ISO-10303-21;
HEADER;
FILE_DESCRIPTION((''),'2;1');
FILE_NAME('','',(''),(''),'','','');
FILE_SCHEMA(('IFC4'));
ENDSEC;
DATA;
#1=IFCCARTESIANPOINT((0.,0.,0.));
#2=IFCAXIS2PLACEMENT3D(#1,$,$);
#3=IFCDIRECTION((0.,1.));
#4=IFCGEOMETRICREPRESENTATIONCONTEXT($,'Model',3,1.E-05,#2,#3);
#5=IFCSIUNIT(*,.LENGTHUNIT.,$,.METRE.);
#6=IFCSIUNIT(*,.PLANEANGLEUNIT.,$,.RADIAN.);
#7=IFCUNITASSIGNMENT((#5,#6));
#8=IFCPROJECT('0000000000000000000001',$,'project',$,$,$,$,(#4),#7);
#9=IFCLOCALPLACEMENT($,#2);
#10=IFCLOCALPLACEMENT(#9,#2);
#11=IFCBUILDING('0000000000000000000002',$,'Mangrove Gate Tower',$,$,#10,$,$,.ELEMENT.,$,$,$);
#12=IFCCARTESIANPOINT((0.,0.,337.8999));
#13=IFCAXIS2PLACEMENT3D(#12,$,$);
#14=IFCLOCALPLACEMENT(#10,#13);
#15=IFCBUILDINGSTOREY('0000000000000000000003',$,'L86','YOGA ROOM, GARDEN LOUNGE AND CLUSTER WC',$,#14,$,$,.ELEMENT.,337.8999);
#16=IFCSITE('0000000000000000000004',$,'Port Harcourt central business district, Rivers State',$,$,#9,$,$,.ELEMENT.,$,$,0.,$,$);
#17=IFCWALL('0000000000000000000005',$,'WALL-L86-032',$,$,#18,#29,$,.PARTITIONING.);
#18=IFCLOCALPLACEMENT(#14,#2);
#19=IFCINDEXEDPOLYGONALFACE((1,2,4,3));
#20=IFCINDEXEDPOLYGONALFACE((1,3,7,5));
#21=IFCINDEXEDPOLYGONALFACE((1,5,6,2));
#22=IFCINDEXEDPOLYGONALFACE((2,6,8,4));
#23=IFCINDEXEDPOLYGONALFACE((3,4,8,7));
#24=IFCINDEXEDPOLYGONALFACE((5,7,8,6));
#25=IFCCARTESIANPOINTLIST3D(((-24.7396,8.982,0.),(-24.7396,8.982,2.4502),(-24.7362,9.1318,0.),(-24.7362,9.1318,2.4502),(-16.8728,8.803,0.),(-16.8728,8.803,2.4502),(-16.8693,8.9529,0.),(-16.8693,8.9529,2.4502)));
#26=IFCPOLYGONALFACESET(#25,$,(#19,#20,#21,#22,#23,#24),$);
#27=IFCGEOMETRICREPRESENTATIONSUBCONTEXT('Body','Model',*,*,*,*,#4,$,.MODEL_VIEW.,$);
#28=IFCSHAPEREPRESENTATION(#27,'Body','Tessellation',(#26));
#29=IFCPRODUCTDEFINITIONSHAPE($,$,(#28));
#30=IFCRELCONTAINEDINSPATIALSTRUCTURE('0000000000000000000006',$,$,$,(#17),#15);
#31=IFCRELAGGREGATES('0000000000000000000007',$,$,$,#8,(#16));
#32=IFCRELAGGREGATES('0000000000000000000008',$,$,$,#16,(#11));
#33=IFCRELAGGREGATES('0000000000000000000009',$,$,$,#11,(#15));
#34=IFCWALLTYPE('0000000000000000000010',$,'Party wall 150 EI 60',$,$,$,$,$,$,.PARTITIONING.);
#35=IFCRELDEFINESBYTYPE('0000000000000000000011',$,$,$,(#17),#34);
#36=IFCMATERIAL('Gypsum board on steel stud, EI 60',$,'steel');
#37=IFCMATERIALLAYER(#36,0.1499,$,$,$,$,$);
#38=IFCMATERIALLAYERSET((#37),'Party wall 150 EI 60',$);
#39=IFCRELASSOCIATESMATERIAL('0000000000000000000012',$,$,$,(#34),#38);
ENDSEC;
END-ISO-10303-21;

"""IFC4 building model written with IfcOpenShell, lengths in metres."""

from ifc_helpers import new_model, si_unit, direction, frame, frame_2d, origin, place, context, subcontext, project, spatial, rectangle, extrude, material, layer, layer_set, type_object, element, save


model = new_model("IFC4")

# Units and contexts
model_context = context("Model", 3, precision=1e-05, world=origin(), true_north=direction((0.0, 1.0)))
body_context = subcontext(model_context, "Body", "Model", "MODEL_VIEW")
ifc_project = project(units=[si_unit("LENGTHUNIT", "METRE"), si_unit("PLANEANGLEUNIT", "RADIAN")], contexts=[model_context])

# Site, building, storey
site_placement = place(None, origin())
site = spatial("IfcSite", under=ifc_project, at=site_placement, Name="Port Harcourt central business district, Rivers State", CompositionType="ELEMENT", RefElevation=0.0)
building_placement = place(site_placement, origin())
building = spatial("IfcBuilding", under=site, at=building_placement, Name="Mangrove Gate Tower", CompositionType="ELEMENT")
storey_placement = place(building_placement, frame((0.0, 0.0, 337.8999)))
storey = spatial("IfcBuildingStorey", under=building, at=storey_placement, Name="L86", Description="YOGA ROOM, GARDEN LOUNGE AND CLUSTER WC", CompositionType="ELEMENT", Elevation=337.8999)

# Wall
ifc_material_1 = material(Name="Gypsum board on steel stud, EI 60", Category="steel")
ifc_layer_1 = layer(ifc_material_1, 0.1499)
ifc_layer_set_1 = layer_set([ifc_layer_1], Name="Party wall 150 EI 60")
wall_type_1 = type_object("IfcWallType", Name="Party wall 150 EI 60", PredefinedType="PARTITIONING", material=ifc_layer_set_1)
wall_1_placement = place(storey_placement, frame((-24.738, 9.0569, 0.0), z_axis=(0.0, 0.0, 1.0), x_axis=(0.999741, -0.022742, 0.0)))
element("IfcWall", 1, at=wall_1_placement, inside=storey, type_object=wall_type_1, Name="WALL-L86-032", PredefinedType="PARTITIONING", context=body_context, shape_type="SweptSolid", body=[
    extrude(rectangle(XDim=7.8689, YDim=0.1499, at=frame_2d((3.9346, 0.0))), origin(), (0.0, 0.0, 1.0), 2.4502),
])

save(model, "model.ifc")
